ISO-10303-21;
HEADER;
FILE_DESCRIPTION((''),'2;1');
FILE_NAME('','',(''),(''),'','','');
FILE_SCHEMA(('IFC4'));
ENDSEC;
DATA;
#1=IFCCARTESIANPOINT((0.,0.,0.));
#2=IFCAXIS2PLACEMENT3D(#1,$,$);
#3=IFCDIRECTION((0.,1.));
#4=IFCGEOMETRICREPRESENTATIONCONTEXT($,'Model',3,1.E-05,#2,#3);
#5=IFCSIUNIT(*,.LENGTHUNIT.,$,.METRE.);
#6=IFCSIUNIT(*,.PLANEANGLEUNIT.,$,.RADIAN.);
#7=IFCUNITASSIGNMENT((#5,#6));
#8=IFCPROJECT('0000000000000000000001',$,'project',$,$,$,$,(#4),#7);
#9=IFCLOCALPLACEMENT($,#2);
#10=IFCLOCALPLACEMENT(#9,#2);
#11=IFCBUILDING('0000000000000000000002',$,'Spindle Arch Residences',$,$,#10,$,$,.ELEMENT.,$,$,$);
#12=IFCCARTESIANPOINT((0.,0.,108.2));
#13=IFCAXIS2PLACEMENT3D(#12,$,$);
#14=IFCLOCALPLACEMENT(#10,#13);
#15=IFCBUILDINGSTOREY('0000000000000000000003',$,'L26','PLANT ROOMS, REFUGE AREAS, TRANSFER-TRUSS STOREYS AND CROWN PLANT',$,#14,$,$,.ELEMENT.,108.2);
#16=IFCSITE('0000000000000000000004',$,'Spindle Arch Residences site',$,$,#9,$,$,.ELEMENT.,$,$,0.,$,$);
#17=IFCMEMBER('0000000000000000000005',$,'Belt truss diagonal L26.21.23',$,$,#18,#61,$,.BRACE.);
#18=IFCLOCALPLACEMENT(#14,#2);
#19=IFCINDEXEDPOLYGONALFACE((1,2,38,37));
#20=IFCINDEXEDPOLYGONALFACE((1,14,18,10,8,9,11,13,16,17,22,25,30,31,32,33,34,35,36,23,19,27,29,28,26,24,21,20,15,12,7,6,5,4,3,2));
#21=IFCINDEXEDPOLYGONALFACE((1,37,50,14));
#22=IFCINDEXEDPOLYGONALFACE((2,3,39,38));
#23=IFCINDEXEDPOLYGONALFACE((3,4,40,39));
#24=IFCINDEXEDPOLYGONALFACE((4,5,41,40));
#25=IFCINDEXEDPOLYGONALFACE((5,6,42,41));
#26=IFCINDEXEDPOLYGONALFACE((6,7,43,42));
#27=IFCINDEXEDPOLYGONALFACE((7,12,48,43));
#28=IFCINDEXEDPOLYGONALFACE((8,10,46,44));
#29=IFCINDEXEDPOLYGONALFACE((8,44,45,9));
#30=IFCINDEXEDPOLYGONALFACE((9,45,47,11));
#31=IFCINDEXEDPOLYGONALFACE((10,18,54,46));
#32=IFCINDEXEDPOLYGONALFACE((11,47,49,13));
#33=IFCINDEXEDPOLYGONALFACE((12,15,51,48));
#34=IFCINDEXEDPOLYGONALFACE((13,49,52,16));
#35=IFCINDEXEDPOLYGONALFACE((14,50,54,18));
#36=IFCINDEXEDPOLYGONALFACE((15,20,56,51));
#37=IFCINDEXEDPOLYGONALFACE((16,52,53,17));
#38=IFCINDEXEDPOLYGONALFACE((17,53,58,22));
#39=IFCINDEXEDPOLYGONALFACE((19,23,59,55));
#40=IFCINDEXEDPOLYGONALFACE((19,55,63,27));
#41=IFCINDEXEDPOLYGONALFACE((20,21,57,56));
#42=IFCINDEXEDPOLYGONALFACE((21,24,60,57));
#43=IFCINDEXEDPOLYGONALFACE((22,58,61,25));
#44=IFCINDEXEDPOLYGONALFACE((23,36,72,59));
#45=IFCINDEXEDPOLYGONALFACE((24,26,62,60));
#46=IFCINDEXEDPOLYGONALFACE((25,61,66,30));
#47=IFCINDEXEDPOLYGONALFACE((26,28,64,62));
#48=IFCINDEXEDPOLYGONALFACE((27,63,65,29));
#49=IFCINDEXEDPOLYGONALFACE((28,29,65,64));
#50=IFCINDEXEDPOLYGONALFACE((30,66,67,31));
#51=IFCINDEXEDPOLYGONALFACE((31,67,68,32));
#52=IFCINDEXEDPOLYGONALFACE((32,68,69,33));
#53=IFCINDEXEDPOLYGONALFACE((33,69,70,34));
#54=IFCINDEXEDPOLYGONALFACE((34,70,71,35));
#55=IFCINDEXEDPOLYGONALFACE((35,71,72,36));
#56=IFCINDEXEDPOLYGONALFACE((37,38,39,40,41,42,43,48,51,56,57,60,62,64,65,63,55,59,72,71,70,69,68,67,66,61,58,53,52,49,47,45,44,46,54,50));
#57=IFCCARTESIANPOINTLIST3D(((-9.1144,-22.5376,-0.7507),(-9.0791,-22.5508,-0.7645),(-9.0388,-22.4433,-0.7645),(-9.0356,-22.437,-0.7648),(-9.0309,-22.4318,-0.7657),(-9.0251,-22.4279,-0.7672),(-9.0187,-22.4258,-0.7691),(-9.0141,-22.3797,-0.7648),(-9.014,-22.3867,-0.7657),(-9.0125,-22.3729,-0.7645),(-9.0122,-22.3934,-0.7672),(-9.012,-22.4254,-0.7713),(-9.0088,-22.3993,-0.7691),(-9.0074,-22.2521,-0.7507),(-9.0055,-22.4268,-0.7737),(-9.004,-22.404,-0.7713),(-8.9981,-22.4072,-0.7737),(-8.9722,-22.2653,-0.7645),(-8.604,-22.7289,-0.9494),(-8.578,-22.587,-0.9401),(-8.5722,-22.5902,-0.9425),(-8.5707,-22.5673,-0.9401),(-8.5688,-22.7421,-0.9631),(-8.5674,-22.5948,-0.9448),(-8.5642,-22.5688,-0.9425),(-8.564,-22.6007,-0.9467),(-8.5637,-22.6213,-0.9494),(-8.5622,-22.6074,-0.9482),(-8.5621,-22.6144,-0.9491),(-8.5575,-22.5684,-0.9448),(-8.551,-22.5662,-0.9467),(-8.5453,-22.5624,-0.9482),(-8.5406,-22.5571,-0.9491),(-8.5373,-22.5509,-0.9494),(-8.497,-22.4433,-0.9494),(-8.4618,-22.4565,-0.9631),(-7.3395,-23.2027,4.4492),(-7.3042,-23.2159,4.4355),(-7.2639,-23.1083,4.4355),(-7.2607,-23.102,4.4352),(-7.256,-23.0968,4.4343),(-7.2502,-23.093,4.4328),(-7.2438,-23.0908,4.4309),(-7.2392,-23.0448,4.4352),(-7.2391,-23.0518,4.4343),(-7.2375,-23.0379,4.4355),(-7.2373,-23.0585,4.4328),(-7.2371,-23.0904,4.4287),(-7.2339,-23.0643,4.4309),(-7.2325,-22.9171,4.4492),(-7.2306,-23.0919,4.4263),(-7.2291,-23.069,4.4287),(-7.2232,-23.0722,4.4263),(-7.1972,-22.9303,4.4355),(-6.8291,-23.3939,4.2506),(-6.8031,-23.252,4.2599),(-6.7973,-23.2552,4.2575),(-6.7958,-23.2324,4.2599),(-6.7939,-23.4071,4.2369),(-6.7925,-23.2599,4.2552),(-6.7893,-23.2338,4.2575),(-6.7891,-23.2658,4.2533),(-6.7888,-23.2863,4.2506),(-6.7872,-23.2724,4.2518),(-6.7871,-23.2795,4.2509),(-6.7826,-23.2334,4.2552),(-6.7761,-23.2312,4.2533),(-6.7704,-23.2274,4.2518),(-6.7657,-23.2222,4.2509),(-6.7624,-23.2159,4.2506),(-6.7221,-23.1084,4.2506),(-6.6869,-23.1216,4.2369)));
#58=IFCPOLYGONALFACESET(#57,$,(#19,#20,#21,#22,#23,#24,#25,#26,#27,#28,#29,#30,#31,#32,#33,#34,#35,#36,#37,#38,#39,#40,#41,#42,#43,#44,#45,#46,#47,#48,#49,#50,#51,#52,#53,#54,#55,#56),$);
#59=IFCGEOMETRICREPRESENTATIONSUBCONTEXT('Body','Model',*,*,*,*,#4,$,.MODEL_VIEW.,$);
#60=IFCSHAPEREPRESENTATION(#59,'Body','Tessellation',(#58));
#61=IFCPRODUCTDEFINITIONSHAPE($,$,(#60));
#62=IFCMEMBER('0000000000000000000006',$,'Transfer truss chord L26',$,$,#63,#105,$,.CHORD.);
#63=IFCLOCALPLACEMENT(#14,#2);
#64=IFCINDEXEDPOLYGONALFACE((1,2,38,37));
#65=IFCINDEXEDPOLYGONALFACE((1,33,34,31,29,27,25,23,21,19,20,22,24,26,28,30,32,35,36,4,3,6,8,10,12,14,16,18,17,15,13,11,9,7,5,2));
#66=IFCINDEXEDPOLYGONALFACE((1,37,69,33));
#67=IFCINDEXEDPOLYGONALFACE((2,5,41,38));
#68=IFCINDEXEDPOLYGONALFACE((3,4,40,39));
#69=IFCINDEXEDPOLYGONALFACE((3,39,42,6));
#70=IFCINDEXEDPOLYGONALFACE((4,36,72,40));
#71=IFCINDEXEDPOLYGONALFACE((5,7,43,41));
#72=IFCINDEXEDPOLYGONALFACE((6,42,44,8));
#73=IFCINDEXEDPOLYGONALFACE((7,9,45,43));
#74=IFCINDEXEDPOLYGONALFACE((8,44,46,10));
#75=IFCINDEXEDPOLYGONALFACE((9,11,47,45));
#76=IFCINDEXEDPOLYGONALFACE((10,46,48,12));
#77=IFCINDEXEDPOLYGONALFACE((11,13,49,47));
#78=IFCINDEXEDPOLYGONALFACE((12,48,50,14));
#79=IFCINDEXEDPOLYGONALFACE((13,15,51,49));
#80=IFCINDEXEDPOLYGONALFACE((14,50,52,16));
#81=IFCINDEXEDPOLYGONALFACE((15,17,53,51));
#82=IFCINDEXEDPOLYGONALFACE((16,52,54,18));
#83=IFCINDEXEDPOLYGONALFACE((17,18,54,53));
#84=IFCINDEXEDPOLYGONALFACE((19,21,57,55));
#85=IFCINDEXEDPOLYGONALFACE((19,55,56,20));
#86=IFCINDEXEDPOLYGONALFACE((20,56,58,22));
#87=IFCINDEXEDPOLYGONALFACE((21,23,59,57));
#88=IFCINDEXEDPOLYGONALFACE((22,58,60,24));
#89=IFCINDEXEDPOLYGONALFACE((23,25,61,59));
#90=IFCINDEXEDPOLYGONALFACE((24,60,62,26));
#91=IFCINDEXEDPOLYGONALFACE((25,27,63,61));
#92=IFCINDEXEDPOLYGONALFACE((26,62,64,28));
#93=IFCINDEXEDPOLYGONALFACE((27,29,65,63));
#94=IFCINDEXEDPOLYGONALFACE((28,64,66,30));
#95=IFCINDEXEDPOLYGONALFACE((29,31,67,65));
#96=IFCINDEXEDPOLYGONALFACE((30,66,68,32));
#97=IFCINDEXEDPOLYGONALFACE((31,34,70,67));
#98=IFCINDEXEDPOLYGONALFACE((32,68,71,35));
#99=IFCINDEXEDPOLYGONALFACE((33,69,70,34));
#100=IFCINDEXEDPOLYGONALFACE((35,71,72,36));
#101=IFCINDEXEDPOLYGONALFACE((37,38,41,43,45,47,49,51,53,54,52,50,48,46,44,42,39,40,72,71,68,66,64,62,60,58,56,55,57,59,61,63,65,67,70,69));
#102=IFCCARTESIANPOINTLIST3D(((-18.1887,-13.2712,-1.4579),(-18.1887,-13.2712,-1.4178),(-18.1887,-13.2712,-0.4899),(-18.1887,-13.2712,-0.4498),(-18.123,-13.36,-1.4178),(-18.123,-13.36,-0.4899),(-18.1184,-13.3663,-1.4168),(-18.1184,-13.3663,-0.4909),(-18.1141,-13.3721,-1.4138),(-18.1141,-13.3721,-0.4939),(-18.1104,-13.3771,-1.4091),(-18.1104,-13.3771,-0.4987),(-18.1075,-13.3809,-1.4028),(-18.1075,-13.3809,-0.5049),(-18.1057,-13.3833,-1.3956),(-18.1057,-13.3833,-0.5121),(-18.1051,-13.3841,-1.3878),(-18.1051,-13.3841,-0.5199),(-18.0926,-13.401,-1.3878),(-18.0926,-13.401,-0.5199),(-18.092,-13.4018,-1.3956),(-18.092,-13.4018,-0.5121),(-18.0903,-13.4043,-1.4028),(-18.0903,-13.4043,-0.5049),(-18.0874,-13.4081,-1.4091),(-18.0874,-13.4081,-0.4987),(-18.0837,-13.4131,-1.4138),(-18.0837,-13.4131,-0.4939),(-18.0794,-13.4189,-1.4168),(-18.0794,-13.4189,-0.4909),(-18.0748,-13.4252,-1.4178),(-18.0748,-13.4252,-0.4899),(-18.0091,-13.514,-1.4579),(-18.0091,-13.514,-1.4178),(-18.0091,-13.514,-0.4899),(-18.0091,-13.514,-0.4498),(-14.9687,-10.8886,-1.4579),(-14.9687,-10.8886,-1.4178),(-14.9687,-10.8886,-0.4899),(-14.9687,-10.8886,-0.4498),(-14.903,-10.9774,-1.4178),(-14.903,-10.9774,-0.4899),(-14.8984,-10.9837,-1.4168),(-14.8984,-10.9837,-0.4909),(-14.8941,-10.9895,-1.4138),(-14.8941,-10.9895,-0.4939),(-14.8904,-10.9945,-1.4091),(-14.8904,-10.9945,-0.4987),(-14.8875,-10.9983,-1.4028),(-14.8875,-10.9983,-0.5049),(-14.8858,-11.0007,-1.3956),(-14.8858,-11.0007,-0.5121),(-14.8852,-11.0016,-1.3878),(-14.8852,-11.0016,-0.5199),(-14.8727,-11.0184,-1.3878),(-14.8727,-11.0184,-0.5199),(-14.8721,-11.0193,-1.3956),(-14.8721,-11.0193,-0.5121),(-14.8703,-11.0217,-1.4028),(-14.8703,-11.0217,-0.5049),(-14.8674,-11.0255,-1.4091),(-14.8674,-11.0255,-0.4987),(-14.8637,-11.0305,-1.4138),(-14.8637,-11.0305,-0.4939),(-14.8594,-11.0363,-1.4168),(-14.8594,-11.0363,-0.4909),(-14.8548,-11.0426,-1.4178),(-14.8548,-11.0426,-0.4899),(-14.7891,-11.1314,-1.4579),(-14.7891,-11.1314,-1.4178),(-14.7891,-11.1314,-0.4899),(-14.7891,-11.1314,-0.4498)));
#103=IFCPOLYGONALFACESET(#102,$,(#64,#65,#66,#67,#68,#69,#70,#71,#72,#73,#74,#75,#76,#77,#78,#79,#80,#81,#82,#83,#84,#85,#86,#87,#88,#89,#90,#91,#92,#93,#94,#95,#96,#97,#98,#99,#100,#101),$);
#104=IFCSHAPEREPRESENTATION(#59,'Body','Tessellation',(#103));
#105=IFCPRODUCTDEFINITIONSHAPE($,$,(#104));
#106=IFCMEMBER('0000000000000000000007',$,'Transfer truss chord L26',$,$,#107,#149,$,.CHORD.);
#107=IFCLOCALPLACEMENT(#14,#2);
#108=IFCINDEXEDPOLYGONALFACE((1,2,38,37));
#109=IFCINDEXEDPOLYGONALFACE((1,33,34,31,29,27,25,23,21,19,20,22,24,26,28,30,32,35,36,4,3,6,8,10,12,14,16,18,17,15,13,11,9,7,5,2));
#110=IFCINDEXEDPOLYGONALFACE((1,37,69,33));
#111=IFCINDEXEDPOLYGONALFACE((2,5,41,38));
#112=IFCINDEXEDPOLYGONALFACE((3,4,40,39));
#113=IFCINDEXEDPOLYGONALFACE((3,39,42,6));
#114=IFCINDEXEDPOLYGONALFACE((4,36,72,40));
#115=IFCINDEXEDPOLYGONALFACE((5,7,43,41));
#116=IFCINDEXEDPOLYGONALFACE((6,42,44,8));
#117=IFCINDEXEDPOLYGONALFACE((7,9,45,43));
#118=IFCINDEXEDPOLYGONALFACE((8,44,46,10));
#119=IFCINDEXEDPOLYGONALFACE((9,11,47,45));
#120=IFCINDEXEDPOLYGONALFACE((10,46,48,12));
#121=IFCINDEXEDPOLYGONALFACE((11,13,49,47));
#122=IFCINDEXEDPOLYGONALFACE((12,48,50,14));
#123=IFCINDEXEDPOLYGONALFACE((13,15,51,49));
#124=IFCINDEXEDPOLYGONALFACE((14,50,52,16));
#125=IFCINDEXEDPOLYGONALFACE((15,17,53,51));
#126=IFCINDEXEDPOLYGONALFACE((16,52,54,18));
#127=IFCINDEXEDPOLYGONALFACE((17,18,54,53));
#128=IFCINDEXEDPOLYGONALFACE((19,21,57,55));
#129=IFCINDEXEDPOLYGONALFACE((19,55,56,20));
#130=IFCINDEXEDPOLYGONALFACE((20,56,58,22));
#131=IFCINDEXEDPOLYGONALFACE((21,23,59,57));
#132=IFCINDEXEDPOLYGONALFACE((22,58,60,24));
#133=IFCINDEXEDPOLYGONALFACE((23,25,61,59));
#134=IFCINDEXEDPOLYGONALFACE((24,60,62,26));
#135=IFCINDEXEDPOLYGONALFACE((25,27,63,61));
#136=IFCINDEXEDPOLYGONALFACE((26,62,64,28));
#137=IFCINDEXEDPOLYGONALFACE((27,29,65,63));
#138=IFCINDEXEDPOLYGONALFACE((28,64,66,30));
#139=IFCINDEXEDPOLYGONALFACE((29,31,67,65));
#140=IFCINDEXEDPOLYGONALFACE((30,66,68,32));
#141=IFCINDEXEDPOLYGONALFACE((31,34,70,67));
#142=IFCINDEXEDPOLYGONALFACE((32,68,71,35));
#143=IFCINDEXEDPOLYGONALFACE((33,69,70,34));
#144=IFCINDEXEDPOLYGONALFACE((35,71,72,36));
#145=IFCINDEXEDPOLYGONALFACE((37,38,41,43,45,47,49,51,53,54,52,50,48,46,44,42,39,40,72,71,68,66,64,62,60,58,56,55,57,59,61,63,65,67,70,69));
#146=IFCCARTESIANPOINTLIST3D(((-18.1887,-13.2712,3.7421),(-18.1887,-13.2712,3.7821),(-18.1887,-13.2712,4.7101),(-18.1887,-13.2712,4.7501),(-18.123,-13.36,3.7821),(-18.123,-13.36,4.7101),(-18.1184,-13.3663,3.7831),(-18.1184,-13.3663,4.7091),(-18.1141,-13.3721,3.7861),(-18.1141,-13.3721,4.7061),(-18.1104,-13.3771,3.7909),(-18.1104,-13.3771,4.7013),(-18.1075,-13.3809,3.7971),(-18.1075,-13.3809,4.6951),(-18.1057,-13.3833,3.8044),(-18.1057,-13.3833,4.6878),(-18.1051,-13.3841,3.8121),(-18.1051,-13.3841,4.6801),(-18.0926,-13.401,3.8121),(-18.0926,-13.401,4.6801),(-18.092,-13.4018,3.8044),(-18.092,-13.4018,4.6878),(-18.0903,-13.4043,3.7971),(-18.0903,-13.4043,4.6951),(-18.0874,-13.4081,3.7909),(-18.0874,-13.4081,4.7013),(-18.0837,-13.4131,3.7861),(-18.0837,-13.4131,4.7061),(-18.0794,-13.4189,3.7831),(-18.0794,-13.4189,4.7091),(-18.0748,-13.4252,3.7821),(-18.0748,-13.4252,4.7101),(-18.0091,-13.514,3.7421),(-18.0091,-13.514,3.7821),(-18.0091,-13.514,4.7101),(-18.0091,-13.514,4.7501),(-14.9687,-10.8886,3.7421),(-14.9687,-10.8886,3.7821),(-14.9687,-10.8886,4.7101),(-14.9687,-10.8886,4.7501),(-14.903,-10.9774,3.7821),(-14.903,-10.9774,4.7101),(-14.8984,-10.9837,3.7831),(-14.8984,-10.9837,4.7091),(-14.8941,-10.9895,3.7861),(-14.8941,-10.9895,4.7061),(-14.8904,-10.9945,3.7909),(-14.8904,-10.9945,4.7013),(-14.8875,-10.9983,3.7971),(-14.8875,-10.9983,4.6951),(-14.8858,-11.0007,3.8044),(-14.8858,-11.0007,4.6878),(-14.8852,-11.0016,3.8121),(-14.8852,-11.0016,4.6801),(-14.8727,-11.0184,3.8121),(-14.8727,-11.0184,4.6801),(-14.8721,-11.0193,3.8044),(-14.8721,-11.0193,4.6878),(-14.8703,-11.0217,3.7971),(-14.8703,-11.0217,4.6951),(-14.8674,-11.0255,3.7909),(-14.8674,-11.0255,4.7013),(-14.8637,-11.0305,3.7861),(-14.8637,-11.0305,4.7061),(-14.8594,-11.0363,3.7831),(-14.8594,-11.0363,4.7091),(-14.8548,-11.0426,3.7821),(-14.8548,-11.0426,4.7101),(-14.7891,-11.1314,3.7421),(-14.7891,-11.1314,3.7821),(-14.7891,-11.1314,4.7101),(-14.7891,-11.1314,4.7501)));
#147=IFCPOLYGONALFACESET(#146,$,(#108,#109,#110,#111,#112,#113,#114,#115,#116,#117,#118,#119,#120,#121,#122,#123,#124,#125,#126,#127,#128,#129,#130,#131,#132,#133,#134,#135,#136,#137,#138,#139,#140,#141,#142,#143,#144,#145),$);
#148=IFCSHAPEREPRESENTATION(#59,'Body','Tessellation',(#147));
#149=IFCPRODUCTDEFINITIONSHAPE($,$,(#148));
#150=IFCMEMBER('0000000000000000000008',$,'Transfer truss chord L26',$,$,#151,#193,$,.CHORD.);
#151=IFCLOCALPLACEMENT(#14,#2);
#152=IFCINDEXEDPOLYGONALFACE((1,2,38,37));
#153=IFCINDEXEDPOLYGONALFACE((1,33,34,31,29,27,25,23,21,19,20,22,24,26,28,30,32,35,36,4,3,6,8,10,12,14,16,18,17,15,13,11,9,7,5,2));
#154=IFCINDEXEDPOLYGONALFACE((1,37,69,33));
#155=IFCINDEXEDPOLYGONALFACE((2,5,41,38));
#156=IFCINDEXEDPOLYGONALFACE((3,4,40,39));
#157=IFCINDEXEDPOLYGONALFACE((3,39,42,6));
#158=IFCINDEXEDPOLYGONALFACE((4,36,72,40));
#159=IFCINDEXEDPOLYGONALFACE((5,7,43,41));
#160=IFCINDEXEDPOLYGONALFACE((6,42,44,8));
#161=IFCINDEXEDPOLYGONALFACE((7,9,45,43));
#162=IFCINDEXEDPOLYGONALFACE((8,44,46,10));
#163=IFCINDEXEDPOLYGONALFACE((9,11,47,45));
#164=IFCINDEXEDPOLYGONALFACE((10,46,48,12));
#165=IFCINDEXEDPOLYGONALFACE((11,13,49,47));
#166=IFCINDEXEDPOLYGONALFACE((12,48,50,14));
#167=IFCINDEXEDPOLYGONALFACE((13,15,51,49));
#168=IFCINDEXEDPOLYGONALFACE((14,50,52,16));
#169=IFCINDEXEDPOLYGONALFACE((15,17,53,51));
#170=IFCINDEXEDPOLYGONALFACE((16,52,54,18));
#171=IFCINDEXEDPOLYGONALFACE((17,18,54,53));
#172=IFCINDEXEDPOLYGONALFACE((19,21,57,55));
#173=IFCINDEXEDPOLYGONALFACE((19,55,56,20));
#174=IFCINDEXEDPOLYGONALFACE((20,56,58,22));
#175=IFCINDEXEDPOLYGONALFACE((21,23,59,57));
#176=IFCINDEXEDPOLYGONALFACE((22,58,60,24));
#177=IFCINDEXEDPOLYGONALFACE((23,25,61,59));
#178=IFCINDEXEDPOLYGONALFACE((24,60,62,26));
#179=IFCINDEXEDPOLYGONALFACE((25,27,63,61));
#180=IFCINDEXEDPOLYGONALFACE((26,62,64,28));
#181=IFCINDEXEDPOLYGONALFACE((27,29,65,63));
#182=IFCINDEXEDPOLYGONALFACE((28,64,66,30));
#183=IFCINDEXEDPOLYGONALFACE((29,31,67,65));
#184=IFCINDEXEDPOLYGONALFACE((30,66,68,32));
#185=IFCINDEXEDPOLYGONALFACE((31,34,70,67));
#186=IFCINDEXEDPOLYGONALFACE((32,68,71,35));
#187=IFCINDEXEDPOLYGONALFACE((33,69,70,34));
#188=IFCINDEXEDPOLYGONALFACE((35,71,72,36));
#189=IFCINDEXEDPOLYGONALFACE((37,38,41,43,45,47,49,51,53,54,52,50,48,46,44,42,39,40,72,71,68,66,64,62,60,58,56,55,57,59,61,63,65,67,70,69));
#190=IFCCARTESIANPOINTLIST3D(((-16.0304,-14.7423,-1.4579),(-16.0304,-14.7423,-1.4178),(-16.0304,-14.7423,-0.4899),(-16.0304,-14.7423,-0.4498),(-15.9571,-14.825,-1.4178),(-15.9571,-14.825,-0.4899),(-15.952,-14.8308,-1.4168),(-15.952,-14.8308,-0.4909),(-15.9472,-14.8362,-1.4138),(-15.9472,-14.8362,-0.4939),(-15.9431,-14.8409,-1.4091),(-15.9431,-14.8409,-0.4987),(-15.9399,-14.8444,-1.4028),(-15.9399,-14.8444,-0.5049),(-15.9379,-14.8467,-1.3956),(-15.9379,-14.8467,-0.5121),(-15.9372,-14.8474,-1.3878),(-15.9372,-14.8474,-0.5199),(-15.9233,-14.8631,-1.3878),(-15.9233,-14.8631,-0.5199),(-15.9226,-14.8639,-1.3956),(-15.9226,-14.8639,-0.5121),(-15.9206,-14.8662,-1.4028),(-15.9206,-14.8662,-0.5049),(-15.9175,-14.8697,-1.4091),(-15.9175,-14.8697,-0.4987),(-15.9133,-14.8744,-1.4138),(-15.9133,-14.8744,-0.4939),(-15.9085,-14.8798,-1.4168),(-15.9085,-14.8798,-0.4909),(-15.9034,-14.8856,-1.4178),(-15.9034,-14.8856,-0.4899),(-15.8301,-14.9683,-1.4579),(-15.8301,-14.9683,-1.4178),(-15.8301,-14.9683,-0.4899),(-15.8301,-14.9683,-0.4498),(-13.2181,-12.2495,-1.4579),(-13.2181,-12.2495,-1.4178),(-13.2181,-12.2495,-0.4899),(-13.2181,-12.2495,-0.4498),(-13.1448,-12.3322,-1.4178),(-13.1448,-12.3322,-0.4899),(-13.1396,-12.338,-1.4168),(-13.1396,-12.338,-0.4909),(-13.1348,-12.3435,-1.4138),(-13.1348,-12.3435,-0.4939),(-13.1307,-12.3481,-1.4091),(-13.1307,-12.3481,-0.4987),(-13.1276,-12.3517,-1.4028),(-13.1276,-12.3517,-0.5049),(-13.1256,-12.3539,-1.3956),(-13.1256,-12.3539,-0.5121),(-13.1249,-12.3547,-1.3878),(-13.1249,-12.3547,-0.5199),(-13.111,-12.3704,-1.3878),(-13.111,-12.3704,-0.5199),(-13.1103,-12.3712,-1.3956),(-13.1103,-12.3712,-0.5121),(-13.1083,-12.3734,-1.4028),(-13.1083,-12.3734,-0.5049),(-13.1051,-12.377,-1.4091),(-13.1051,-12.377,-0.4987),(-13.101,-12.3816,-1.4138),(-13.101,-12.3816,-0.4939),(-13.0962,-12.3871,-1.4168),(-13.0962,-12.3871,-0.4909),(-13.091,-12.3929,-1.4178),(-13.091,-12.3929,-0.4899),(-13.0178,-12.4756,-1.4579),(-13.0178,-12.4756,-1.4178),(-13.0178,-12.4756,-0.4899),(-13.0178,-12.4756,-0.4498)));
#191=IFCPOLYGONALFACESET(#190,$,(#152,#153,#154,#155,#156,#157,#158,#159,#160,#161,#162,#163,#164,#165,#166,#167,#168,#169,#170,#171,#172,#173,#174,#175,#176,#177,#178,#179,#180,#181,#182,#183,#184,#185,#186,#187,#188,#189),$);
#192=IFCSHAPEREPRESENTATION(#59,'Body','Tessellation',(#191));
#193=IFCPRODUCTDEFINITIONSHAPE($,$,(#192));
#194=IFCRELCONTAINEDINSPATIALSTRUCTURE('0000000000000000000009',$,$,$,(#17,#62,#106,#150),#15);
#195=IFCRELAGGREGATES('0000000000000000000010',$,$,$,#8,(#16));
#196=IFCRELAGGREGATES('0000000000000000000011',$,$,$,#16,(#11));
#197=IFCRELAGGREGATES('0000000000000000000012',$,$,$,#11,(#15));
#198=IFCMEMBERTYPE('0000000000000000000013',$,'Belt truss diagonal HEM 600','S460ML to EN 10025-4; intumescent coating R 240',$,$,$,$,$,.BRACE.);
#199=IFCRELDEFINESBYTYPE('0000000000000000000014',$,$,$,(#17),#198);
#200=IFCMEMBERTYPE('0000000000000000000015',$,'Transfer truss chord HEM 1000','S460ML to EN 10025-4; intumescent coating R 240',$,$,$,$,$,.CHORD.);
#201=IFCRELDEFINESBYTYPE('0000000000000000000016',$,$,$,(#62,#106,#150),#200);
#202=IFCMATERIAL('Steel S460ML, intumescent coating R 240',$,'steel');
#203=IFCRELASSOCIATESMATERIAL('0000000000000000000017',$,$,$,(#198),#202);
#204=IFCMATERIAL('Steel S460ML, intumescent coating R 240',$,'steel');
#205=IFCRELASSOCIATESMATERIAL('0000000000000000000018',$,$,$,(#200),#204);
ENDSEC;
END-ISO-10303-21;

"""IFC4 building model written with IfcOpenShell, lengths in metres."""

from ifc_helpers import new_model, si_unit, direction, frame, origin, origin_2d, place, context, subcontext, project, spatial, i_section, extrude, material, material_profile, profile_set, type_object, element, save


model = new_model("IFC4")

# Units and contexts
model_context = context("Model", 3, precision=1e-05, world=origin(), true_north=direction((0.0, 1.0)))
body_context = subcontext(model_context, "Body", "Model", "MODEL_VIEW")
ifc_project = project(units=[si_unit("LENGTHUNIT", "METRE"), si_unit("PLANEANGLEUNIT", "RADIAN")], contexts=[model_context])

# Site, building, storey
site_placement = place(None, origin())
site = spatial("IfcSite", under=ifc_project, at=site_placement, Name="Spindle Arch Residences site", CompositionType="ELEMENT", RefElevation=0.0)
building_placement = place(site_placement, origin())
building = spatial("IfcBuilding", under=site, at=building_placement, Name="Spindle Arch Residences", CompositionType="ELEMENT")
storey_placement = place(building_placement, frame((0.0, 0.0, 108.2)))
storey = spatial("IfcBuildingStorey", under=building, at=storey_placement, Name="L26", Description="PLANT ROOMS, REFUGE AREAS, TRANSFER-TRUSS STOREYS AND CROWN PLANT", CompositionType="ELEMENT", Elevation=108.2)

# Members
ifc_material_1 = material(Name="Steel S460ML, intumescent coating R 240", Category="steel")
ifc_material_profile_1 = material_profile(ifc_material_1, i_section(OverallWidth=0.3049, OverallDepth=0.6201, WebThickness=0.021, FlangeThickness=0.04, FilletRadius=0.0271, at=origin_2d()), Name="HEM 600")
ifc_profile_set_1 = profile_set([ifc_material_profile_1], Name="Steel S460ML, intumescent coating R 240")
member_type_1 = type_object("IfcMemberType", Name="Belt truss diagonal HEM 600", Description="S460ML to EN 10025-4; intumescent coating R 240", PredefinedType="BRACE", material=ifc_profile_set_1)
member_1_placement = place(storey_placement, frame((-8.7881, -22.4971, -0.8569), z_axis=(0.320691, -0.12016, 0.939531), x_axis=(0.350869, 0.936424, 0.0)))
element("IfcMember", 1, at=member_1_placement, inside=storey, type_object=member_type_1, Name="Belt truss diagonal L26.21.23", PredefinedType="BRACE", context=body_context, shape_type="SweptSolid", body=[
    extrude(i_section(OverallWidth=0.3049, OverallDepth=0.6201, WebThickness=0.021, FlangeThickness=0.04, FilletRadius=0.0271, at=origin_2d()), origin(), (0.0, 0.0, 1.0), 5.5347),
])
ifc_material_2 = material(Name="Steel S460ML, intumescent coating R 240", Category="steel")
ifc_material_profile_2 = material_profile(ifc_material_2, i_section(OverallWidth=0.302, OverallDepth=1.0081, WebThickness=0.021, FlangeThickness=0.04, FilletRadius=0.03, at=origin_2d()), Name="HEM 1000")
ifc_profile_set_2 = profile_set([ifc_material_profile_2], Name="Steel S460ML, intumescent coating R 240")
member_type_2 = type_object("IfcMemberType", Name="Transfer truss chord HEM 1000", Description="S460ML to EN 10025-4; intumescent coating R 240", PredefinedType="CHORD", material=ifc_profile_set_2)
for number, where, z_axis, x_axis, name in (
    (2, (-14.8789, -11.01, -0.9539), (-0.803867, -0.594809, 0.0), (0.594809, -0.803867, 0.0), "Transfer truss chord L26"),
    (3, (-14.8789, -11.01, 4.2461), (-0.803867, -0.594809, 0.0), (0.594809, -0.803867, 0.0), "Transfer truss chord L26"),
):
    element("IfcMember", number, at=place(storey_placement, frame(where, z_axis=z_axis, x_axis=x_axis)), inside=storey, type_object=member_type_2, Name=name, PredefinedType="CHORD", context=body_context, shape_type="SweptSolid", body=[
        extrude(i_section(OverallWidth=0.302, OverallDepth=1.0081, WebThickness=0.021, FlangeThickness=0.04, FilletRadius=0.03, at=origin_2d()), origin(), (0.0, 0.0, 1.0), 4.0056),
    ])
for number, where, z_axis, x_axis, name in (
    (4, (-13.1179, -12.3625, -0.9539), (-0.748348, -0.663307, 0.0), (0.663307, -0.748348, 0.0), "Transfer truss chord L26"),
):
    element("IfcMember", number, at=place(storey_placement, frame(where, z_axis=z_axis, x_axis=x_axis)), inside=storey, type_object=member_type_2, Name=name, PredefinedType="CHORD", context=body_context, shape_type="SweptSolid", body=[
        extrude(i_section(OverallWidth=0.302, OverallDepth=1.0081, WebThickness=0.021, FlangeThickness=0.04, FilletRadius=0.03, at=origin_2d()), origin(), (0.0, 0.0, 1.0), 3.7581),
    ])

save(model, "model.ifc")
